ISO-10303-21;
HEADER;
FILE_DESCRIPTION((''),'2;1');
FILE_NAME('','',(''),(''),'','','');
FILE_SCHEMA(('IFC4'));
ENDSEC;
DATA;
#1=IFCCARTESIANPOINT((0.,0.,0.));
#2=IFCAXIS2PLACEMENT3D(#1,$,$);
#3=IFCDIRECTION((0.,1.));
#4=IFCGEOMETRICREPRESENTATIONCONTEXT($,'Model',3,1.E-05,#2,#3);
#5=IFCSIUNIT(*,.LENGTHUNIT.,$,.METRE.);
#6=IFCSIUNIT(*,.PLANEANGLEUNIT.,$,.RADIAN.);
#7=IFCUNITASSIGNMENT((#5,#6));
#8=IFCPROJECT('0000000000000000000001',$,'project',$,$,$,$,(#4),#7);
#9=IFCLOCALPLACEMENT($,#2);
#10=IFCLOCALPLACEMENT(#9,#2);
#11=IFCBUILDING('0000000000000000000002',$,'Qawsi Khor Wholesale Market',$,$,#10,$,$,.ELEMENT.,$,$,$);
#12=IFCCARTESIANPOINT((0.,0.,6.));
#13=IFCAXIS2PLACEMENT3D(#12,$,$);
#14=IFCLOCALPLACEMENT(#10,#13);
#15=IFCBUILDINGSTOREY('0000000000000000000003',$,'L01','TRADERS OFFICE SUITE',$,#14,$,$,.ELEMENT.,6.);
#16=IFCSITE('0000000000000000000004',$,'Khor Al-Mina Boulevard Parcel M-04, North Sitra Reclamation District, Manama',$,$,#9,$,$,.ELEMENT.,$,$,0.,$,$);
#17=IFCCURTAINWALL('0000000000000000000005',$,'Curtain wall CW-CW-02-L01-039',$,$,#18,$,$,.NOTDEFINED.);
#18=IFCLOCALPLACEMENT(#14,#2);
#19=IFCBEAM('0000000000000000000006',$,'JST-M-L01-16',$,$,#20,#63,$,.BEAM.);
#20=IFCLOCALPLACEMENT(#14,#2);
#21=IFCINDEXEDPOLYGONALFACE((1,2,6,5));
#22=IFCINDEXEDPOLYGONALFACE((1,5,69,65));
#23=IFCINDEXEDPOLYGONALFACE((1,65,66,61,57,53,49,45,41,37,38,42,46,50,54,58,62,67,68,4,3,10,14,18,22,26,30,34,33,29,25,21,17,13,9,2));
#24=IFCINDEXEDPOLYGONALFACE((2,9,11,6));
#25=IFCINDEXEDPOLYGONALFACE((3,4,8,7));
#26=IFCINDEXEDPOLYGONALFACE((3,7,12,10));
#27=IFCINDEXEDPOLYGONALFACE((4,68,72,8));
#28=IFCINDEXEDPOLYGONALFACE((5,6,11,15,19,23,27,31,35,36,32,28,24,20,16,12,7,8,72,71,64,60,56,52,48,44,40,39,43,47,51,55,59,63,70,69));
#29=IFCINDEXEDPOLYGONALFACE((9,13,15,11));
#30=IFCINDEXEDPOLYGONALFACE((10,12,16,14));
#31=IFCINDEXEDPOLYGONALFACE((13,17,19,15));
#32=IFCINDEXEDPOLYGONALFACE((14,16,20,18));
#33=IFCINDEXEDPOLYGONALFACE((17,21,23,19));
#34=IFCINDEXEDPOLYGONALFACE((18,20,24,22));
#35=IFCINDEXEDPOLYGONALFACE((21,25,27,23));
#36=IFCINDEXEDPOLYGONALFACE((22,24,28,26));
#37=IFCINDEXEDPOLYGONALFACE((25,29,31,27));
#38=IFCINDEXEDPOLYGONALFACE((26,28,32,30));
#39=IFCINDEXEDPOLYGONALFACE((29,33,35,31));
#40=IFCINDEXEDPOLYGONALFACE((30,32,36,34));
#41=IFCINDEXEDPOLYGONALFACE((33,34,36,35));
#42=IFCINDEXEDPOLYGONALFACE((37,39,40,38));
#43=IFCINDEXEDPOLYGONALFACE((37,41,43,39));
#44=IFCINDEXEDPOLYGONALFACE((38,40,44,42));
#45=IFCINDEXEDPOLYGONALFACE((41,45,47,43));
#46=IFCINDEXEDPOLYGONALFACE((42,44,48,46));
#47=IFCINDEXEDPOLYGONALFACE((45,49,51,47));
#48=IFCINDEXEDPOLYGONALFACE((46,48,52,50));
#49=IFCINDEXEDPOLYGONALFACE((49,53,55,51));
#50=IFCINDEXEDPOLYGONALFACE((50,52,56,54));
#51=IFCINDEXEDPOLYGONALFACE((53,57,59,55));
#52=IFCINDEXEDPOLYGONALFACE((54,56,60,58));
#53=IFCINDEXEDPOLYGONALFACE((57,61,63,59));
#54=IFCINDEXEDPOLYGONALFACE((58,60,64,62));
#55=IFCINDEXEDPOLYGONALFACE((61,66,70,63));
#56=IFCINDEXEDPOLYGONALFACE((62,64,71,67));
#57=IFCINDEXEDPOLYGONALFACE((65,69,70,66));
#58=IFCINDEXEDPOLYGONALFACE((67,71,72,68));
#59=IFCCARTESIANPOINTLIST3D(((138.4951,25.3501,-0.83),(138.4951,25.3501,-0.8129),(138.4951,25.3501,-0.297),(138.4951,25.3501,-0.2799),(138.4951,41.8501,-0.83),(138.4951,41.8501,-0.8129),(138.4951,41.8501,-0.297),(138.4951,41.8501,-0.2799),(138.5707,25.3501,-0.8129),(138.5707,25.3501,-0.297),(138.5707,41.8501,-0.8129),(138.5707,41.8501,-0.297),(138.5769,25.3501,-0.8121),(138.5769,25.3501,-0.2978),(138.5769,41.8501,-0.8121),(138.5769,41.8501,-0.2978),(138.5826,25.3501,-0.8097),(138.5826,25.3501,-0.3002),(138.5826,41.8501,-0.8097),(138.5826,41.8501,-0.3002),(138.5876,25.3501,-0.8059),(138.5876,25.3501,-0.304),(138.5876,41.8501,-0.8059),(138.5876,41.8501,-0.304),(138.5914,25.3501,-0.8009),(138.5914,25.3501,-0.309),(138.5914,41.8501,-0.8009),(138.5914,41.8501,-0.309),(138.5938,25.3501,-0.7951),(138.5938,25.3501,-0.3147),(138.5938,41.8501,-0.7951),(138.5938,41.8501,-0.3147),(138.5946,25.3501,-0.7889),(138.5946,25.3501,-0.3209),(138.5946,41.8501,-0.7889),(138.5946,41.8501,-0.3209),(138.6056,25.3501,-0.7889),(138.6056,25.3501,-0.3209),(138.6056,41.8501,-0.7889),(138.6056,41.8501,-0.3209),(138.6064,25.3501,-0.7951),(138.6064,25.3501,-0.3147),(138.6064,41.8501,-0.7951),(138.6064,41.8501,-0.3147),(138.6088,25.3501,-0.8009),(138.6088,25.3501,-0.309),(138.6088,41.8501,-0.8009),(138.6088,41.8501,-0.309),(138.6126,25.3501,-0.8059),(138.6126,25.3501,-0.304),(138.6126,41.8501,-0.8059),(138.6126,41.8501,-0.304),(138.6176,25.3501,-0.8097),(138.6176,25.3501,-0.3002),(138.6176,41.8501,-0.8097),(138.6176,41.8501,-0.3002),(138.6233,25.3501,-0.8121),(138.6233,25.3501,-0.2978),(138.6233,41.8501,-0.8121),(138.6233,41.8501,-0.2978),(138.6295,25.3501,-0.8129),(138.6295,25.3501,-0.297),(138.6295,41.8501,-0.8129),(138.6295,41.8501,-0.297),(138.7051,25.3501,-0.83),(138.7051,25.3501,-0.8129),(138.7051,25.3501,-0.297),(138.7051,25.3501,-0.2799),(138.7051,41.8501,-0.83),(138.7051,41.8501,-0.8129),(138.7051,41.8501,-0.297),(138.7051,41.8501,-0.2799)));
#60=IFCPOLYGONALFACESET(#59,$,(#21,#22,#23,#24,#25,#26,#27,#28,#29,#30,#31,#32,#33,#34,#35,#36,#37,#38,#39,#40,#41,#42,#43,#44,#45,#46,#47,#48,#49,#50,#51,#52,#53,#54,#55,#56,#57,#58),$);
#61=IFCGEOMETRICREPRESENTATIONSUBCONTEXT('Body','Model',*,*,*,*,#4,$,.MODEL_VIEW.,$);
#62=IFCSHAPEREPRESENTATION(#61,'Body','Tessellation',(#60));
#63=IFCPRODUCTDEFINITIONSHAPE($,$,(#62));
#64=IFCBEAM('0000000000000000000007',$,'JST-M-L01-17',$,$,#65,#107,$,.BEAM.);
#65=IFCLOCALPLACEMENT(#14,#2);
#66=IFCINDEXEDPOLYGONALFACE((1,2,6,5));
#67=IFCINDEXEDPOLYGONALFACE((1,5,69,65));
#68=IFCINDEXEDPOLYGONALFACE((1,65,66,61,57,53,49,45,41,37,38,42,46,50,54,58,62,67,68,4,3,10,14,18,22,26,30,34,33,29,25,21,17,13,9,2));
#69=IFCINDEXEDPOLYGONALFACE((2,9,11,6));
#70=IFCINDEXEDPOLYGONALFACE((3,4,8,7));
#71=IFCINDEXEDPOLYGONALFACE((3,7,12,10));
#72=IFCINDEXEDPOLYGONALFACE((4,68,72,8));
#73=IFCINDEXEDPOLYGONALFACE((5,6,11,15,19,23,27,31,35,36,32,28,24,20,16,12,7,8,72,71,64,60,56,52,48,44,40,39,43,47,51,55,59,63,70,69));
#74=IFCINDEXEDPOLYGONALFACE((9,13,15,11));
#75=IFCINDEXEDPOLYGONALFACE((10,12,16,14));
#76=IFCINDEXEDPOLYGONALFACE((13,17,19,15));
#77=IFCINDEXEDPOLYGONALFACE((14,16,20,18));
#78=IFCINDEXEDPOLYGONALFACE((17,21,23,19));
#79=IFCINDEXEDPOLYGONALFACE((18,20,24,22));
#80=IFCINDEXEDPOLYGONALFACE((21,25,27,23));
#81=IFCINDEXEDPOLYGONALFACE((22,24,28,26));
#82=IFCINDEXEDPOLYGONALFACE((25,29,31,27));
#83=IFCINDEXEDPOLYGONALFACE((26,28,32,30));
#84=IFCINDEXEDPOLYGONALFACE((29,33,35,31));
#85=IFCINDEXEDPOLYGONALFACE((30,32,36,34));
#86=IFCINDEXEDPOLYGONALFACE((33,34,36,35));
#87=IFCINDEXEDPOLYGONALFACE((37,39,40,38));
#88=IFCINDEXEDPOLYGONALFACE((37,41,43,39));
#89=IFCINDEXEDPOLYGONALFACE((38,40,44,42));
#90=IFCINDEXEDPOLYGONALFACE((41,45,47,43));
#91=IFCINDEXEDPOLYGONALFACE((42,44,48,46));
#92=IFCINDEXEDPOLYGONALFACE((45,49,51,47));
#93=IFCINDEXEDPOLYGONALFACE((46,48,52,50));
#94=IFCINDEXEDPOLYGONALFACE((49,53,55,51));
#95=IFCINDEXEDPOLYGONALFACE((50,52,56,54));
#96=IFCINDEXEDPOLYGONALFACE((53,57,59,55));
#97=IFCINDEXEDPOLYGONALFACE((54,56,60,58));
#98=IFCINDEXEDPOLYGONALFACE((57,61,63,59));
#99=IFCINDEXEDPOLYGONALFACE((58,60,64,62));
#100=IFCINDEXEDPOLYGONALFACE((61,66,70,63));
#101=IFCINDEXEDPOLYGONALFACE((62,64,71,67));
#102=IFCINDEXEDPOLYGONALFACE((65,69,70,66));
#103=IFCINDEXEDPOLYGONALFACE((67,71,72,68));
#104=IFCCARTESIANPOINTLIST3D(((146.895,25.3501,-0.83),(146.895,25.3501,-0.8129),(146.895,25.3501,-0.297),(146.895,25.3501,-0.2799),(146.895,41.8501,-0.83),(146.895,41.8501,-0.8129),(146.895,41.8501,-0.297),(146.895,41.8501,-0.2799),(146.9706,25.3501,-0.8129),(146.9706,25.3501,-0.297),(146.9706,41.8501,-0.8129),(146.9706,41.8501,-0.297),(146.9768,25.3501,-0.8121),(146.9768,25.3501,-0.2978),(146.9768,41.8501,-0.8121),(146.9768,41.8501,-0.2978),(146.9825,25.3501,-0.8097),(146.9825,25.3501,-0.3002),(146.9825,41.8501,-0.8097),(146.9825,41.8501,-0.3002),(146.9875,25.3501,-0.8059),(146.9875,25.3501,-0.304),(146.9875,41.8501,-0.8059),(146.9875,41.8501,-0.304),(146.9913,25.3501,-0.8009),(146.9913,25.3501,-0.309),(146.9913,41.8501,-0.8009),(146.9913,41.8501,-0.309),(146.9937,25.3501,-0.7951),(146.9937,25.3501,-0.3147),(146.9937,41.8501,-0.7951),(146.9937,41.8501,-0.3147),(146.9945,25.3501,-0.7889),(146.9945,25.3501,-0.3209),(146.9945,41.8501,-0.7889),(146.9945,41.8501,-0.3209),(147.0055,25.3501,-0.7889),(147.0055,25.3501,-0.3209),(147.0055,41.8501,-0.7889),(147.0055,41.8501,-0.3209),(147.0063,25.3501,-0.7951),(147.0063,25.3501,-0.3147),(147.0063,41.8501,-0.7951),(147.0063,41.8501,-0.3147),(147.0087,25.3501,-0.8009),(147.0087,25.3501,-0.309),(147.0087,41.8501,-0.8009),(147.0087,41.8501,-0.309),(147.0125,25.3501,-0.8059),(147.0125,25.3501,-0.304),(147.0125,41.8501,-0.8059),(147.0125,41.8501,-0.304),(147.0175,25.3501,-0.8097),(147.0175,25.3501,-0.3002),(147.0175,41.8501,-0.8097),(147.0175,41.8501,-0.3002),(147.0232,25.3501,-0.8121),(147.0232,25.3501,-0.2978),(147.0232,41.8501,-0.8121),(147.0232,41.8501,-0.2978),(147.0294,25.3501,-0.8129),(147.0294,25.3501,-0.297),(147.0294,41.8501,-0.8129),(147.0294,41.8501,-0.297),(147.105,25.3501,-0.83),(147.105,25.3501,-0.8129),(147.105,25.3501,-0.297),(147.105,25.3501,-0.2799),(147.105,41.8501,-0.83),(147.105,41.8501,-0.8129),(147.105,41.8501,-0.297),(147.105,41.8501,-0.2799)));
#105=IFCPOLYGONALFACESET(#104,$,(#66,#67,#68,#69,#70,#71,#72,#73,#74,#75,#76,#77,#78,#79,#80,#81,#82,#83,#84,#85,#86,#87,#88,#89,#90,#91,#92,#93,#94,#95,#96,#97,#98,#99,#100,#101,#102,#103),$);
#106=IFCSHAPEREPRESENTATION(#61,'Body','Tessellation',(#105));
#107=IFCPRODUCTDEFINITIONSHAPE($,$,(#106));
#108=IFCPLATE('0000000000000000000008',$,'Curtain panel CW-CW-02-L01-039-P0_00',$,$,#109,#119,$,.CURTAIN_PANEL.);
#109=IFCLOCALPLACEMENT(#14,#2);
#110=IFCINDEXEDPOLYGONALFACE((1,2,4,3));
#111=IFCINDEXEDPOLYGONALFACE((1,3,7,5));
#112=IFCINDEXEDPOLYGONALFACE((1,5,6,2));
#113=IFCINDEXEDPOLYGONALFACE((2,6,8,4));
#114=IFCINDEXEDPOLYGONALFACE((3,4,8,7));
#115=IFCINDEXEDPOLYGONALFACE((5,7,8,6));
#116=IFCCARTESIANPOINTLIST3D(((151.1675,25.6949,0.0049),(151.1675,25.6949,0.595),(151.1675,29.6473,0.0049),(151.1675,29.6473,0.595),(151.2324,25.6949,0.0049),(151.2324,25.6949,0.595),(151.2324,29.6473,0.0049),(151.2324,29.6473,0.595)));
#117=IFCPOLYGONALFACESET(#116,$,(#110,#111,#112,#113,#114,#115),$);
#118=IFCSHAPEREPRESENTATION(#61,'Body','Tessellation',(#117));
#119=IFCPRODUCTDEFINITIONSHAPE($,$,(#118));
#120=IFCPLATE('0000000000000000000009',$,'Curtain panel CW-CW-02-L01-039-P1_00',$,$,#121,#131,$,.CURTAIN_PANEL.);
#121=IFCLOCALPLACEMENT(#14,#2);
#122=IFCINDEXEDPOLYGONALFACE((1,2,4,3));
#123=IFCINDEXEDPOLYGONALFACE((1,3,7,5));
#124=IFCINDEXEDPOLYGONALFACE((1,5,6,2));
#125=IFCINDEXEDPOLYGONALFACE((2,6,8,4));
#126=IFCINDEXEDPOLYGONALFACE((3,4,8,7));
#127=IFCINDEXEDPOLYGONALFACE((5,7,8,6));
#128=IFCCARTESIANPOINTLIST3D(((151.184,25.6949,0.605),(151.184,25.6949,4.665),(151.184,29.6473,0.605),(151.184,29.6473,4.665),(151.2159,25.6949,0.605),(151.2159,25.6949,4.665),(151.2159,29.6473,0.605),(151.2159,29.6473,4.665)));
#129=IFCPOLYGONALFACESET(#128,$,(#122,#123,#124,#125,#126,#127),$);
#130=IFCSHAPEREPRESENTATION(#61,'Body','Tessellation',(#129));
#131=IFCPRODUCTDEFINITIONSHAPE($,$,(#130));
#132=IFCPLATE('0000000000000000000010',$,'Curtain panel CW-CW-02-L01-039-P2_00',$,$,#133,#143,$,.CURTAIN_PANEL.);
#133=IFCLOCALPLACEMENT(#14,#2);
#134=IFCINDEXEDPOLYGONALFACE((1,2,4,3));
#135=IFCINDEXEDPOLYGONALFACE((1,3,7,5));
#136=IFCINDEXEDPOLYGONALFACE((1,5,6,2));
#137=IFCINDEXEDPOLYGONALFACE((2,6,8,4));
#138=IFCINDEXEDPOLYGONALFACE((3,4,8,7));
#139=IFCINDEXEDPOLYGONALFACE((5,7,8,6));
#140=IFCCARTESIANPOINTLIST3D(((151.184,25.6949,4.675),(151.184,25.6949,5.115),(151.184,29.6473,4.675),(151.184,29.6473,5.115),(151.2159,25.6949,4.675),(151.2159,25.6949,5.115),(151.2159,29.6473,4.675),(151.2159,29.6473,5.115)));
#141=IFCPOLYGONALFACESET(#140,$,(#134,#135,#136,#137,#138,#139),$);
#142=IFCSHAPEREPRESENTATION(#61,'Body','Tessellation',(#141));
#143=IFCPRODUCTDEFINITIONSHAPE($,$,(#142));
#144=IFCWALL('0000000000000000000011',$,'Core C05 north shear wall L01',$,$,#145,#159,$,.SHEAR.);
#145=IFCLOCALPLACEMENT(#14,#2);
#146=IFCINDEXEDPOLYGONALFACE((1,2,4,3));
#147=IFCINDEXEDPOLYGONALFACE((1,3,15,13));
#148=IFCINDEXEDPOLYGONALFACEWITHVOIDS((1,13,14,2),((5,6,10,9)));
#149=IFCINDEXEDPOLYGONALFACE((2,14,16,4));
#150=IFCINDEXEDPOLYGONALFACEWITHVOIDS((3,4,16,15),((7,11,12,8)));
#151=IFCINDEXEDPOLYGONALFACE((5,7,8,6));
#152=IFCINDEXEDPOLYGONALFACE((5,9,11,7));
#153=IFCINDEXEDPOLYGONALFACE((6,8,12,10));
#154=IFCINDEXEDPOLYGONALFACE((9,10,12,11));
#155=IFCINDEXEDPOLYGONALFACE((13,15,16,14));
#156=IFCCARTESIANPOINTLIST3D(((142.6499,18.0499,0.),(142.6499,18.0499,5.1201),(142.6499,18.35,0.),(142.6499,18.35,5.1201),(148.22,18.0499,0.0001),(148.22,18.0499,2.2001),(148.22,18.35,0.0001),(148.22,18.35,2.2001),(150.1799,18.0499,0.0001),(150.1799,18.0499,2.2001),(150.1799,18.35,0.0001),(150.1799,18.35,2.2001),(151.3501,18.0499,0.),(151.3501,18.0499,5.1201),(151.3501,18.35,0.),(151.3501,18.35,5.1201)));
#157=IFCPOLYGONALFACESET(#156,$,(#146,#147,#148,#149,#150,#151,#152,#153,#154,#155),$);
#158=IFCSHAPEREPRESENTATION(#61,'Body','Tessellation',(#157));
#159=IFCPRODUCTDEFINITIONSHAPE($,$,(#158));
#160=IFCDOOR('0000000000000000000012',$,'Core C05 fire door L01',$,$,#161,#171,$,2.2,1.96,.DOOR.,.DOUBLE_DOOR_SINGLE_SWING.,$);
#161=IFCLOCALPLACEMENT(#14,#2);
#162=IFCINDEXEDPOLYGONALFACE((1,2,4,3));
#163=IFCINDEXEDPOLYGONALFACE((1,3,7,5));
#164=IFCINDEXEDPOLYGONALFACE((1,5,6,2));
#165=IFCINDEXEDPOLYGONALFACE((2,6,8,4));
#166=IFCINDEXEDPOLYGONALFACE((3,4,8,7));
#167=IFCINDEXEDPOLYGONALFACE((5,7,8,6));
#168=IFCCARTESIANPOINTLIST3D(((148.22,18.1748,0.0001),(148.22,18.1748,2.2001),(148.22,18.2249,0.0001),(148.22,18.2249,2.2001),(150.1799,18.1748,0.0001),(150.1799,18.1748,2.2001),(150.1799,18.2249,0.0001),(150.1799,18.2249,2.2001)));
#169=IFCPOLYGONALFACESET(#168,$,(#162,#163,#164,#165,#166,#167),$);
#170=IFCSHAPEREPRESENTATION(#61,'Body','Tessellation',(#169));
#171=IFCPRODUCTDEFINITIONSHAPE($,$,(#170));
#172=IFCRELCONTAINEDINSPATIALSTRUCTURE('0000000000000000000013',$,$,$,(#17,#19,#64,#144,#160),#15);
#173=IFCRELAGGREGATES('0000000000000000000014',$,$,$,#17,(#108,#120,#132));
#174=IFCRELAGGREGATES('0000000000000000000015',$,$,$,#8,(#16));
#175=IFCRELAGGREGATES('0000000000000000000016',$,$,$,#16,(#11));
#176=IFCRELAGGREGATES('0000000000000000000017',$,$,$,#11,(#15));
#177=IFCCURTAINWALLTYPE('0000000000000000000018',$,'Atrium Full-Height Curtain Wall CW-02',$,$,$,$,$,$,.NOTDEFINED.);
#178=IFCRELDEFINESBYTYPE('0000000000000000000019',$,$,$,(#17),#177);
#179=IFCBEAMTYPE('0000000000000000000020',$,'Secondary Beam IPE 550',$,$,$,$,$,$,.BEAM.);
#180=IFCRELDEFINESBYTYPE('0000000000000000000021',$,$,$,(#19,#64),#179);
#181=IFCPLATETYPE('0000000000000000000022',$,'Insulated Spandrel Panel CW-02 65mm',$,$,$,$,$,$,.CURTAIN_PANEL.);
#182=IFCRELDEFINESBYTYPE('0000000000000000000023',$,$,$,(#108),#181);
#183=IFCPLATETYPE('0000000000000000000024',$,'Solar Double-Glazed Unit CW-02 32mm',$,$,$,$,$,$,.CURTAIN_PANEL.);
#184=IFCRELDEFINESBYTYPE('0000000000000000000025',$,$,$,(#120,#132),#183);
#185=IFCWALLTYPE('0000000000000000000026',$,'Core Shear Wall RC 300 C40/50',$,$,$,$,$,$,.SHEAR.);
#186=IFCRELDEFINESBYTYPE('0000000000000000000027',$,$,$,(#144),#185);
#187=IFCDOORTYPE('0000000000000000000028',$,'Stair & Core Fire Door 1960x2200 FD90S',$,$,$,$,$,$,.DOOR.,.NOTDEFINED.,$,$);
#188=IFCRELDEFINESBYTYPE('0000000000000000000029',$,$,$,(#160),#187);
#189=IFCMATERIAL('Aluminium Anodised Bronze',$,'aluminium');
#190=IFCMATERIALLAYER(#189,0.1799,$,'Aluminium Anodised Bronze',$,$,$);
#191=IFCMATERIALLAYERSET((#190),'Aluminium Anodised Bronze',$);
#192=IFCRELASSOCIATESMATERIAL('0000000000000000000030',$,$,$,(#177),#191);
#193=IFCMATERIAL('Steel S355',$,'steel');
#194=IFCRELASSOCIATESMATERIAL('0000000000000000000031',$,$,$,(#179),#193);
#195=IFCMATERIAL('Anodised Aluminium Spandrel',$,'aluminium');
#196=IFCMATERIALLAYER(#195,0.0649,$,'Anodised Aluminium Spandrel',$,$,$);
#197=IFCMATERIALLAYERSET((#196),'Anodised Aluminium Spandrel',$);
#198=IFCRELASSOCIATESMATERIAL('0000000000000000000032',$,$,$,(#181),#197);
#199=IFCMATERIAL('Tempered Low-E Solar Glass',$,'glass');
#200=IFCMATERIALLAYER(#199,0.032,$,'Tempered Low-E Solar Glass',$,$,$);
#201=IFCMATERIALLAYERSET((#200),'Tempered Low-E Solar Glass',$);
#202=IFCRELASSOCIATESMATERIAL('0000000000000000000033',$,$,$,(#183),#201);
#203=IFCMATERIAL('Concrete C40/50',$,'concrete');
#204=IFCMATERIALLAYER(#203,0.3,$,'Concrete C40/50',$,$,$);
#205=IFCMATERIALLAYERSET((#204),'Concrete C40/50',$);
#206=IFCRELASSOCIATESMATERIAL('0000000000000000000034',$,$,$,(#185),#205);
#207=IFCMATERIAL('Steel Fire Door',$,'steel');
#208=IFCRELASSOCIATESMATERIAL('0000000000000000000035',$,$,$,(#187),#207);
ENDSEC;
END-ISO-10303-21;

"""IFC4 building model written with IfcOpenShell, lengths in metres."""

from ifc_helpers import new_model, si_unit, direction, frame, frame_2d, origin, origin_2d, place, context, subcontext, project, spatial, rectangle, i_section, extrude, material, layer, layer_set, material_profile, profile_set, type_object, element, fill, aggregate, save


model = new_model("IFC4")

# Units and contexts
model_context = context("Model", 3, precision=1e-05, world=origin(), true_north=direction((0.0, 1.0)))
body_context = subcontext(model_context, "Body", "Model", "MODEL_VIEW")
ifc_project = project(units=[si_unit("LENGTHUNIT", "METRE"), si_unit("PLANEANGLEUNIT", "RADIAN")], contexts=[model_context])

# Site, building, storey
site_placement = place(None, origin())
site = spatial("IfcSite", under=ifc_project, at=site_placement, Name="Khor Al-Mina Boulevard Parcel M-04, North Sitra Reclamation District, Manama", CompositionType="ELEMENT", RefElevation=0.0)
building_placement = place(site_placement, origin())
building = spatial("IfcBuilding", under=site, at=building_placement, Name="Qawsi Khor Wholesale Market", CompositionType="ELEMENT")
storey_placement = place(building_placement, frame((0.0, 0.0, 6.0)))
storey = spatial("IfcBuildingStorey", under=building, at=storey_placement, Name="L01", Description="TRADERS OFFICE SUITE", CompositionType="ELEMENT", Elevation=6.0)

# Shared definitions
ifc_material_1 = material(Name="Concrete C40/50", Category="concrete")

# Curtain wall
ifc_material_2 = material(Name="Aluminium Anodised Bronze", Category="aluminium")
ifc_layer_1 = layer(ifc_material_2, 0.1799, Name="Aluminium Anodised Bronze")
ifc_layer_set_1 = layer_set([ifc_layer_1], Name="Aluminium Anodised Bronze")
curtain_wall_type = type_object("IfcCurtainWallType", Name="Atrium Full-Height Curtain Wall CW-02", PredefinedType="NOTDEFINED", material=ifc_layer_set_1)
curtain_wall_placement = place(storey_placement, origin())
curtain_wall = element("IfcCurtainWall", 1, at=curtain_wall_placement, inside=storey, type_object=curtain_wall_type, Name="Curtain wall CW-CW-02-L01-039", PredefinedType="NOTDEFINED")

# Beams
ifc_material_3 = material(Name="Steel S355", Category="steel")
ifc_material_profile_1 = material_profile(ifc_material_3, i_section(OverallWidth=0.21, OverallDepth=0.55, WebThickness=0.011, FlangeThickness=0.0171, FilletRadius=0.0239, at=origin_2d()), Name="IPE 550")
ifc_profile_set_1 = profile_set([ifc_material_profile_1], Name="Steel S355")
beam_type_1 = type_object("IfcBeamType", Name="Secondary Beam IPE 550", PredefinedType="BEAM", material=ifc_profile_set_1)
for number, where, z_axis, x_axis, name in (
    (2, (138.6001, 25.3501, -0.5549), (0.0, 1.0, 0.0), (-1.0, 0.0, 0.0), "JST-M-L01-16"),
    (3, (147.0, 25.3501, -0.5549), (0.0, 1.0, 0.0), (-1.0, 0.0, 0.0), "JST-M-L01-17"),
):
    element("IfcBeam", number, at=place(storey_placement, frame(where, z_axis=z_axis, x_axis=x_axis)), inside=storey, type_object=beam_type_1, Name=name, PredefinedType="BEAM", context=body_context, shape_type="SweptSolid", body=[
        extrude(i_section(OverallWidth=0.21, OverallDepth=0.55, WebThickness=0.011, FlangeThickness=0.0171, FilletRadius=0.0239, at=origin_2d()), origin(), (0.0, 0.0, 1.0), 16.5),
    ])

# Plates
ifc_material_4 = material(Name="Anodised Aluminium Spandrel", Category="aluminium")
ifc_layer_2 = layer(ifc_material_4, 0.0649, Name="Anodised Aluminium Spandrel")
ifc_layer_set_2 = layer_set([ifc_layer_2], Name="Anodised Aluminium Spandrel")
plate_type_1 = type_object("IfcPlateType", Name="Insulated Spandrel Panel CW-02 65mm", PredefinedType="CURTAIN_PANEL", material=ifc_layer_set_2)
plate_1_placement = place(storey_placement, frame((151.2, 25.6951, 0.0049), z_axis=(0.0, 0.0, 1.0), x_axis=(0.0, 1.0, 0.0)))
plate_1 = element("IfcPlate", 4, at=plate_1_placement, type_object=plate_type_1, Name="Curtain panel CW-CW-02-L01-039-P0_00", PredefinedType="CURTAIN_PANEL", context=body_context, shape_type="SweptSolid", body=[
    extrude(rectangle(XDim=3.9524, YDim=0.0649, at=frame_2d((1.9761, 0.0))), origin(), (0.0, 0.0, 1.0), 0.5901),
])
ifc_material_5 = material(Name="Tempered Low-E Solar Glass", Category="glass")
ifc_layer_3 = layer(ifc_material_5, 0.032, Name="Tempered Low-E Solar Glass")
ifc_layer_set_3 = layer_set([ifc_layer_3], Name="Tempered Low-E Solar Glass")
plate_type_2 = type_object("IfcPlateType", Name="Solar Double-Glazed Unit CW-02 32mm", PredefinedType="CURTAIN_PANEL", material=ifc_layer_set_3)
plate_2_placement = place(storey_placement, frame((151.2, 25.6951, 0.605), z_axis=(0.0, 0.0, 1.0), x_axis=(0.0, 1.0, 0.0)))
plate_2 = element("IfcPlate", 5, at=plate_2_placement, type_object=plate_type_2, Name="Curtain panel CW-CW-02-L01-039-P1_00", PredefinedType="CURTAIN_PANEL", context=body_context, shape_type="SweptSolid", body=[
    extrude(rectangle(XDim=3.9524, YDim=0.032, at=frame_2d((1.9761, 0.0))), origin(), (0.0, 0.0, 1.0), 4.0601),
])
plate_3_placement = place(storey_placement, frame((151.2, 25.6951, 4.675), z_axis=(0.0, 0.0, 1.0), x_axis=(0.0, 1.0, 0.0)))
plate_3 = element("IfcPlate", 6, at=plate_3_placement, type_object=plate_type_2, Name="Curtain panel CW-CW-02-L01-039-P2_00", PredefinedType="CURTAIN_PANEL", context=body_context, shape_type="SweptSolid", body=[
    extrude(rectangle(XDim=3.9524, YDim=0.032, at=frame_2d((1.9761, 0.0))), origin(), (0.0, 0.0, 1.0), 0.4399),
])
aggregate(curtain_wall, [plate_1, plate_2, plate_3])

# Wall, opening, door
ifc_layer_4 = layer(ifc_material_1, 0.3, Name="Concrete C40/50")
ifc_layer_set_4 = layer_set([ifc_layer_4], Name="Concrete C40/50")
wall_type = type_object("IfcWallType", Name="Core Shear Wall RC 300 C40/50", PredefinedType="SHEAR", material=ifc_layer_set_4)
wall_placement = place(storey_placement, frame((142.6499, 18.2, 0.0), z_axis=(0.0, 0.0, 1.0), x_axis=(1.0, 0.0, 0.0)))
wall = element("IfcWall", 7, at=wall_placement, inside=storey, type_object=wall_type, Name="Core C05 north shear wall L01", PredefinedType="SHEAR", context=body_context, shape_type="SweptSolid", body=[
    extrude(rectangle(XDim=8.7002, YDim=0.3, at=frame_2d((4.3501, 0.0))), origin(), (0.0, 0.0, 1.0), 5.1201),
])
opening_placement = place(wall_placement, frame((5.5701, 0.0, 0.0)))
opening = element("IfcOpeningElement", 8, at=opening_placement, cuts=wall, PredefinedType="OPENING", context=body_context, shape_type="SweptSolid", body=[
    extrude(rectangle(XDim=1.96, YDim=2.2, at=frame_2d((0.98, 1.1001))), frame((0.0, 0.1599, 0.0), z_axis=(0.0, -1.0, 0.0), x_axis=(1.0, 0.0, 0.0)), (0.0, 0.0, 1.0), 0.3201),
])
ifc_material_6 = material(Name="Steel Fire Door", Category="steel")
door_type = type_object("IfcDoorType", Name="Stair & Core Fire Door 1960x2200 FD90S", OperationType="NOTDEFINED", PredefinedType="DOOR", material=ifc_material_6)
door_placement = place(opening_placement, origin())
door = element("IfcDoor", 9, at=door_placement, inside=storey, type_object=door_type, Name="Core C05 fire door L01", OperationType="DOUBLE_DOOR_SINGLE_SWING", OverallHeight=2.2, OverallWidth=1.96, PredefinedType="DOOR", context=body_context, shape_type="SweptSolid", body=[
    extrude(rectangle(XDim=1.96, YDim=2.2, at=frame_2d((0.98, 1.1001))), frame((0.0, 0.0249, 0.0), z_axis=(0.0, -1.0, 0.0), x_axis=(1.0, 0.0, 0.0)), (0.0, 0.0, 1.0), 0.05),
])
fill(opening, door)

save(model, "model.ifc")
